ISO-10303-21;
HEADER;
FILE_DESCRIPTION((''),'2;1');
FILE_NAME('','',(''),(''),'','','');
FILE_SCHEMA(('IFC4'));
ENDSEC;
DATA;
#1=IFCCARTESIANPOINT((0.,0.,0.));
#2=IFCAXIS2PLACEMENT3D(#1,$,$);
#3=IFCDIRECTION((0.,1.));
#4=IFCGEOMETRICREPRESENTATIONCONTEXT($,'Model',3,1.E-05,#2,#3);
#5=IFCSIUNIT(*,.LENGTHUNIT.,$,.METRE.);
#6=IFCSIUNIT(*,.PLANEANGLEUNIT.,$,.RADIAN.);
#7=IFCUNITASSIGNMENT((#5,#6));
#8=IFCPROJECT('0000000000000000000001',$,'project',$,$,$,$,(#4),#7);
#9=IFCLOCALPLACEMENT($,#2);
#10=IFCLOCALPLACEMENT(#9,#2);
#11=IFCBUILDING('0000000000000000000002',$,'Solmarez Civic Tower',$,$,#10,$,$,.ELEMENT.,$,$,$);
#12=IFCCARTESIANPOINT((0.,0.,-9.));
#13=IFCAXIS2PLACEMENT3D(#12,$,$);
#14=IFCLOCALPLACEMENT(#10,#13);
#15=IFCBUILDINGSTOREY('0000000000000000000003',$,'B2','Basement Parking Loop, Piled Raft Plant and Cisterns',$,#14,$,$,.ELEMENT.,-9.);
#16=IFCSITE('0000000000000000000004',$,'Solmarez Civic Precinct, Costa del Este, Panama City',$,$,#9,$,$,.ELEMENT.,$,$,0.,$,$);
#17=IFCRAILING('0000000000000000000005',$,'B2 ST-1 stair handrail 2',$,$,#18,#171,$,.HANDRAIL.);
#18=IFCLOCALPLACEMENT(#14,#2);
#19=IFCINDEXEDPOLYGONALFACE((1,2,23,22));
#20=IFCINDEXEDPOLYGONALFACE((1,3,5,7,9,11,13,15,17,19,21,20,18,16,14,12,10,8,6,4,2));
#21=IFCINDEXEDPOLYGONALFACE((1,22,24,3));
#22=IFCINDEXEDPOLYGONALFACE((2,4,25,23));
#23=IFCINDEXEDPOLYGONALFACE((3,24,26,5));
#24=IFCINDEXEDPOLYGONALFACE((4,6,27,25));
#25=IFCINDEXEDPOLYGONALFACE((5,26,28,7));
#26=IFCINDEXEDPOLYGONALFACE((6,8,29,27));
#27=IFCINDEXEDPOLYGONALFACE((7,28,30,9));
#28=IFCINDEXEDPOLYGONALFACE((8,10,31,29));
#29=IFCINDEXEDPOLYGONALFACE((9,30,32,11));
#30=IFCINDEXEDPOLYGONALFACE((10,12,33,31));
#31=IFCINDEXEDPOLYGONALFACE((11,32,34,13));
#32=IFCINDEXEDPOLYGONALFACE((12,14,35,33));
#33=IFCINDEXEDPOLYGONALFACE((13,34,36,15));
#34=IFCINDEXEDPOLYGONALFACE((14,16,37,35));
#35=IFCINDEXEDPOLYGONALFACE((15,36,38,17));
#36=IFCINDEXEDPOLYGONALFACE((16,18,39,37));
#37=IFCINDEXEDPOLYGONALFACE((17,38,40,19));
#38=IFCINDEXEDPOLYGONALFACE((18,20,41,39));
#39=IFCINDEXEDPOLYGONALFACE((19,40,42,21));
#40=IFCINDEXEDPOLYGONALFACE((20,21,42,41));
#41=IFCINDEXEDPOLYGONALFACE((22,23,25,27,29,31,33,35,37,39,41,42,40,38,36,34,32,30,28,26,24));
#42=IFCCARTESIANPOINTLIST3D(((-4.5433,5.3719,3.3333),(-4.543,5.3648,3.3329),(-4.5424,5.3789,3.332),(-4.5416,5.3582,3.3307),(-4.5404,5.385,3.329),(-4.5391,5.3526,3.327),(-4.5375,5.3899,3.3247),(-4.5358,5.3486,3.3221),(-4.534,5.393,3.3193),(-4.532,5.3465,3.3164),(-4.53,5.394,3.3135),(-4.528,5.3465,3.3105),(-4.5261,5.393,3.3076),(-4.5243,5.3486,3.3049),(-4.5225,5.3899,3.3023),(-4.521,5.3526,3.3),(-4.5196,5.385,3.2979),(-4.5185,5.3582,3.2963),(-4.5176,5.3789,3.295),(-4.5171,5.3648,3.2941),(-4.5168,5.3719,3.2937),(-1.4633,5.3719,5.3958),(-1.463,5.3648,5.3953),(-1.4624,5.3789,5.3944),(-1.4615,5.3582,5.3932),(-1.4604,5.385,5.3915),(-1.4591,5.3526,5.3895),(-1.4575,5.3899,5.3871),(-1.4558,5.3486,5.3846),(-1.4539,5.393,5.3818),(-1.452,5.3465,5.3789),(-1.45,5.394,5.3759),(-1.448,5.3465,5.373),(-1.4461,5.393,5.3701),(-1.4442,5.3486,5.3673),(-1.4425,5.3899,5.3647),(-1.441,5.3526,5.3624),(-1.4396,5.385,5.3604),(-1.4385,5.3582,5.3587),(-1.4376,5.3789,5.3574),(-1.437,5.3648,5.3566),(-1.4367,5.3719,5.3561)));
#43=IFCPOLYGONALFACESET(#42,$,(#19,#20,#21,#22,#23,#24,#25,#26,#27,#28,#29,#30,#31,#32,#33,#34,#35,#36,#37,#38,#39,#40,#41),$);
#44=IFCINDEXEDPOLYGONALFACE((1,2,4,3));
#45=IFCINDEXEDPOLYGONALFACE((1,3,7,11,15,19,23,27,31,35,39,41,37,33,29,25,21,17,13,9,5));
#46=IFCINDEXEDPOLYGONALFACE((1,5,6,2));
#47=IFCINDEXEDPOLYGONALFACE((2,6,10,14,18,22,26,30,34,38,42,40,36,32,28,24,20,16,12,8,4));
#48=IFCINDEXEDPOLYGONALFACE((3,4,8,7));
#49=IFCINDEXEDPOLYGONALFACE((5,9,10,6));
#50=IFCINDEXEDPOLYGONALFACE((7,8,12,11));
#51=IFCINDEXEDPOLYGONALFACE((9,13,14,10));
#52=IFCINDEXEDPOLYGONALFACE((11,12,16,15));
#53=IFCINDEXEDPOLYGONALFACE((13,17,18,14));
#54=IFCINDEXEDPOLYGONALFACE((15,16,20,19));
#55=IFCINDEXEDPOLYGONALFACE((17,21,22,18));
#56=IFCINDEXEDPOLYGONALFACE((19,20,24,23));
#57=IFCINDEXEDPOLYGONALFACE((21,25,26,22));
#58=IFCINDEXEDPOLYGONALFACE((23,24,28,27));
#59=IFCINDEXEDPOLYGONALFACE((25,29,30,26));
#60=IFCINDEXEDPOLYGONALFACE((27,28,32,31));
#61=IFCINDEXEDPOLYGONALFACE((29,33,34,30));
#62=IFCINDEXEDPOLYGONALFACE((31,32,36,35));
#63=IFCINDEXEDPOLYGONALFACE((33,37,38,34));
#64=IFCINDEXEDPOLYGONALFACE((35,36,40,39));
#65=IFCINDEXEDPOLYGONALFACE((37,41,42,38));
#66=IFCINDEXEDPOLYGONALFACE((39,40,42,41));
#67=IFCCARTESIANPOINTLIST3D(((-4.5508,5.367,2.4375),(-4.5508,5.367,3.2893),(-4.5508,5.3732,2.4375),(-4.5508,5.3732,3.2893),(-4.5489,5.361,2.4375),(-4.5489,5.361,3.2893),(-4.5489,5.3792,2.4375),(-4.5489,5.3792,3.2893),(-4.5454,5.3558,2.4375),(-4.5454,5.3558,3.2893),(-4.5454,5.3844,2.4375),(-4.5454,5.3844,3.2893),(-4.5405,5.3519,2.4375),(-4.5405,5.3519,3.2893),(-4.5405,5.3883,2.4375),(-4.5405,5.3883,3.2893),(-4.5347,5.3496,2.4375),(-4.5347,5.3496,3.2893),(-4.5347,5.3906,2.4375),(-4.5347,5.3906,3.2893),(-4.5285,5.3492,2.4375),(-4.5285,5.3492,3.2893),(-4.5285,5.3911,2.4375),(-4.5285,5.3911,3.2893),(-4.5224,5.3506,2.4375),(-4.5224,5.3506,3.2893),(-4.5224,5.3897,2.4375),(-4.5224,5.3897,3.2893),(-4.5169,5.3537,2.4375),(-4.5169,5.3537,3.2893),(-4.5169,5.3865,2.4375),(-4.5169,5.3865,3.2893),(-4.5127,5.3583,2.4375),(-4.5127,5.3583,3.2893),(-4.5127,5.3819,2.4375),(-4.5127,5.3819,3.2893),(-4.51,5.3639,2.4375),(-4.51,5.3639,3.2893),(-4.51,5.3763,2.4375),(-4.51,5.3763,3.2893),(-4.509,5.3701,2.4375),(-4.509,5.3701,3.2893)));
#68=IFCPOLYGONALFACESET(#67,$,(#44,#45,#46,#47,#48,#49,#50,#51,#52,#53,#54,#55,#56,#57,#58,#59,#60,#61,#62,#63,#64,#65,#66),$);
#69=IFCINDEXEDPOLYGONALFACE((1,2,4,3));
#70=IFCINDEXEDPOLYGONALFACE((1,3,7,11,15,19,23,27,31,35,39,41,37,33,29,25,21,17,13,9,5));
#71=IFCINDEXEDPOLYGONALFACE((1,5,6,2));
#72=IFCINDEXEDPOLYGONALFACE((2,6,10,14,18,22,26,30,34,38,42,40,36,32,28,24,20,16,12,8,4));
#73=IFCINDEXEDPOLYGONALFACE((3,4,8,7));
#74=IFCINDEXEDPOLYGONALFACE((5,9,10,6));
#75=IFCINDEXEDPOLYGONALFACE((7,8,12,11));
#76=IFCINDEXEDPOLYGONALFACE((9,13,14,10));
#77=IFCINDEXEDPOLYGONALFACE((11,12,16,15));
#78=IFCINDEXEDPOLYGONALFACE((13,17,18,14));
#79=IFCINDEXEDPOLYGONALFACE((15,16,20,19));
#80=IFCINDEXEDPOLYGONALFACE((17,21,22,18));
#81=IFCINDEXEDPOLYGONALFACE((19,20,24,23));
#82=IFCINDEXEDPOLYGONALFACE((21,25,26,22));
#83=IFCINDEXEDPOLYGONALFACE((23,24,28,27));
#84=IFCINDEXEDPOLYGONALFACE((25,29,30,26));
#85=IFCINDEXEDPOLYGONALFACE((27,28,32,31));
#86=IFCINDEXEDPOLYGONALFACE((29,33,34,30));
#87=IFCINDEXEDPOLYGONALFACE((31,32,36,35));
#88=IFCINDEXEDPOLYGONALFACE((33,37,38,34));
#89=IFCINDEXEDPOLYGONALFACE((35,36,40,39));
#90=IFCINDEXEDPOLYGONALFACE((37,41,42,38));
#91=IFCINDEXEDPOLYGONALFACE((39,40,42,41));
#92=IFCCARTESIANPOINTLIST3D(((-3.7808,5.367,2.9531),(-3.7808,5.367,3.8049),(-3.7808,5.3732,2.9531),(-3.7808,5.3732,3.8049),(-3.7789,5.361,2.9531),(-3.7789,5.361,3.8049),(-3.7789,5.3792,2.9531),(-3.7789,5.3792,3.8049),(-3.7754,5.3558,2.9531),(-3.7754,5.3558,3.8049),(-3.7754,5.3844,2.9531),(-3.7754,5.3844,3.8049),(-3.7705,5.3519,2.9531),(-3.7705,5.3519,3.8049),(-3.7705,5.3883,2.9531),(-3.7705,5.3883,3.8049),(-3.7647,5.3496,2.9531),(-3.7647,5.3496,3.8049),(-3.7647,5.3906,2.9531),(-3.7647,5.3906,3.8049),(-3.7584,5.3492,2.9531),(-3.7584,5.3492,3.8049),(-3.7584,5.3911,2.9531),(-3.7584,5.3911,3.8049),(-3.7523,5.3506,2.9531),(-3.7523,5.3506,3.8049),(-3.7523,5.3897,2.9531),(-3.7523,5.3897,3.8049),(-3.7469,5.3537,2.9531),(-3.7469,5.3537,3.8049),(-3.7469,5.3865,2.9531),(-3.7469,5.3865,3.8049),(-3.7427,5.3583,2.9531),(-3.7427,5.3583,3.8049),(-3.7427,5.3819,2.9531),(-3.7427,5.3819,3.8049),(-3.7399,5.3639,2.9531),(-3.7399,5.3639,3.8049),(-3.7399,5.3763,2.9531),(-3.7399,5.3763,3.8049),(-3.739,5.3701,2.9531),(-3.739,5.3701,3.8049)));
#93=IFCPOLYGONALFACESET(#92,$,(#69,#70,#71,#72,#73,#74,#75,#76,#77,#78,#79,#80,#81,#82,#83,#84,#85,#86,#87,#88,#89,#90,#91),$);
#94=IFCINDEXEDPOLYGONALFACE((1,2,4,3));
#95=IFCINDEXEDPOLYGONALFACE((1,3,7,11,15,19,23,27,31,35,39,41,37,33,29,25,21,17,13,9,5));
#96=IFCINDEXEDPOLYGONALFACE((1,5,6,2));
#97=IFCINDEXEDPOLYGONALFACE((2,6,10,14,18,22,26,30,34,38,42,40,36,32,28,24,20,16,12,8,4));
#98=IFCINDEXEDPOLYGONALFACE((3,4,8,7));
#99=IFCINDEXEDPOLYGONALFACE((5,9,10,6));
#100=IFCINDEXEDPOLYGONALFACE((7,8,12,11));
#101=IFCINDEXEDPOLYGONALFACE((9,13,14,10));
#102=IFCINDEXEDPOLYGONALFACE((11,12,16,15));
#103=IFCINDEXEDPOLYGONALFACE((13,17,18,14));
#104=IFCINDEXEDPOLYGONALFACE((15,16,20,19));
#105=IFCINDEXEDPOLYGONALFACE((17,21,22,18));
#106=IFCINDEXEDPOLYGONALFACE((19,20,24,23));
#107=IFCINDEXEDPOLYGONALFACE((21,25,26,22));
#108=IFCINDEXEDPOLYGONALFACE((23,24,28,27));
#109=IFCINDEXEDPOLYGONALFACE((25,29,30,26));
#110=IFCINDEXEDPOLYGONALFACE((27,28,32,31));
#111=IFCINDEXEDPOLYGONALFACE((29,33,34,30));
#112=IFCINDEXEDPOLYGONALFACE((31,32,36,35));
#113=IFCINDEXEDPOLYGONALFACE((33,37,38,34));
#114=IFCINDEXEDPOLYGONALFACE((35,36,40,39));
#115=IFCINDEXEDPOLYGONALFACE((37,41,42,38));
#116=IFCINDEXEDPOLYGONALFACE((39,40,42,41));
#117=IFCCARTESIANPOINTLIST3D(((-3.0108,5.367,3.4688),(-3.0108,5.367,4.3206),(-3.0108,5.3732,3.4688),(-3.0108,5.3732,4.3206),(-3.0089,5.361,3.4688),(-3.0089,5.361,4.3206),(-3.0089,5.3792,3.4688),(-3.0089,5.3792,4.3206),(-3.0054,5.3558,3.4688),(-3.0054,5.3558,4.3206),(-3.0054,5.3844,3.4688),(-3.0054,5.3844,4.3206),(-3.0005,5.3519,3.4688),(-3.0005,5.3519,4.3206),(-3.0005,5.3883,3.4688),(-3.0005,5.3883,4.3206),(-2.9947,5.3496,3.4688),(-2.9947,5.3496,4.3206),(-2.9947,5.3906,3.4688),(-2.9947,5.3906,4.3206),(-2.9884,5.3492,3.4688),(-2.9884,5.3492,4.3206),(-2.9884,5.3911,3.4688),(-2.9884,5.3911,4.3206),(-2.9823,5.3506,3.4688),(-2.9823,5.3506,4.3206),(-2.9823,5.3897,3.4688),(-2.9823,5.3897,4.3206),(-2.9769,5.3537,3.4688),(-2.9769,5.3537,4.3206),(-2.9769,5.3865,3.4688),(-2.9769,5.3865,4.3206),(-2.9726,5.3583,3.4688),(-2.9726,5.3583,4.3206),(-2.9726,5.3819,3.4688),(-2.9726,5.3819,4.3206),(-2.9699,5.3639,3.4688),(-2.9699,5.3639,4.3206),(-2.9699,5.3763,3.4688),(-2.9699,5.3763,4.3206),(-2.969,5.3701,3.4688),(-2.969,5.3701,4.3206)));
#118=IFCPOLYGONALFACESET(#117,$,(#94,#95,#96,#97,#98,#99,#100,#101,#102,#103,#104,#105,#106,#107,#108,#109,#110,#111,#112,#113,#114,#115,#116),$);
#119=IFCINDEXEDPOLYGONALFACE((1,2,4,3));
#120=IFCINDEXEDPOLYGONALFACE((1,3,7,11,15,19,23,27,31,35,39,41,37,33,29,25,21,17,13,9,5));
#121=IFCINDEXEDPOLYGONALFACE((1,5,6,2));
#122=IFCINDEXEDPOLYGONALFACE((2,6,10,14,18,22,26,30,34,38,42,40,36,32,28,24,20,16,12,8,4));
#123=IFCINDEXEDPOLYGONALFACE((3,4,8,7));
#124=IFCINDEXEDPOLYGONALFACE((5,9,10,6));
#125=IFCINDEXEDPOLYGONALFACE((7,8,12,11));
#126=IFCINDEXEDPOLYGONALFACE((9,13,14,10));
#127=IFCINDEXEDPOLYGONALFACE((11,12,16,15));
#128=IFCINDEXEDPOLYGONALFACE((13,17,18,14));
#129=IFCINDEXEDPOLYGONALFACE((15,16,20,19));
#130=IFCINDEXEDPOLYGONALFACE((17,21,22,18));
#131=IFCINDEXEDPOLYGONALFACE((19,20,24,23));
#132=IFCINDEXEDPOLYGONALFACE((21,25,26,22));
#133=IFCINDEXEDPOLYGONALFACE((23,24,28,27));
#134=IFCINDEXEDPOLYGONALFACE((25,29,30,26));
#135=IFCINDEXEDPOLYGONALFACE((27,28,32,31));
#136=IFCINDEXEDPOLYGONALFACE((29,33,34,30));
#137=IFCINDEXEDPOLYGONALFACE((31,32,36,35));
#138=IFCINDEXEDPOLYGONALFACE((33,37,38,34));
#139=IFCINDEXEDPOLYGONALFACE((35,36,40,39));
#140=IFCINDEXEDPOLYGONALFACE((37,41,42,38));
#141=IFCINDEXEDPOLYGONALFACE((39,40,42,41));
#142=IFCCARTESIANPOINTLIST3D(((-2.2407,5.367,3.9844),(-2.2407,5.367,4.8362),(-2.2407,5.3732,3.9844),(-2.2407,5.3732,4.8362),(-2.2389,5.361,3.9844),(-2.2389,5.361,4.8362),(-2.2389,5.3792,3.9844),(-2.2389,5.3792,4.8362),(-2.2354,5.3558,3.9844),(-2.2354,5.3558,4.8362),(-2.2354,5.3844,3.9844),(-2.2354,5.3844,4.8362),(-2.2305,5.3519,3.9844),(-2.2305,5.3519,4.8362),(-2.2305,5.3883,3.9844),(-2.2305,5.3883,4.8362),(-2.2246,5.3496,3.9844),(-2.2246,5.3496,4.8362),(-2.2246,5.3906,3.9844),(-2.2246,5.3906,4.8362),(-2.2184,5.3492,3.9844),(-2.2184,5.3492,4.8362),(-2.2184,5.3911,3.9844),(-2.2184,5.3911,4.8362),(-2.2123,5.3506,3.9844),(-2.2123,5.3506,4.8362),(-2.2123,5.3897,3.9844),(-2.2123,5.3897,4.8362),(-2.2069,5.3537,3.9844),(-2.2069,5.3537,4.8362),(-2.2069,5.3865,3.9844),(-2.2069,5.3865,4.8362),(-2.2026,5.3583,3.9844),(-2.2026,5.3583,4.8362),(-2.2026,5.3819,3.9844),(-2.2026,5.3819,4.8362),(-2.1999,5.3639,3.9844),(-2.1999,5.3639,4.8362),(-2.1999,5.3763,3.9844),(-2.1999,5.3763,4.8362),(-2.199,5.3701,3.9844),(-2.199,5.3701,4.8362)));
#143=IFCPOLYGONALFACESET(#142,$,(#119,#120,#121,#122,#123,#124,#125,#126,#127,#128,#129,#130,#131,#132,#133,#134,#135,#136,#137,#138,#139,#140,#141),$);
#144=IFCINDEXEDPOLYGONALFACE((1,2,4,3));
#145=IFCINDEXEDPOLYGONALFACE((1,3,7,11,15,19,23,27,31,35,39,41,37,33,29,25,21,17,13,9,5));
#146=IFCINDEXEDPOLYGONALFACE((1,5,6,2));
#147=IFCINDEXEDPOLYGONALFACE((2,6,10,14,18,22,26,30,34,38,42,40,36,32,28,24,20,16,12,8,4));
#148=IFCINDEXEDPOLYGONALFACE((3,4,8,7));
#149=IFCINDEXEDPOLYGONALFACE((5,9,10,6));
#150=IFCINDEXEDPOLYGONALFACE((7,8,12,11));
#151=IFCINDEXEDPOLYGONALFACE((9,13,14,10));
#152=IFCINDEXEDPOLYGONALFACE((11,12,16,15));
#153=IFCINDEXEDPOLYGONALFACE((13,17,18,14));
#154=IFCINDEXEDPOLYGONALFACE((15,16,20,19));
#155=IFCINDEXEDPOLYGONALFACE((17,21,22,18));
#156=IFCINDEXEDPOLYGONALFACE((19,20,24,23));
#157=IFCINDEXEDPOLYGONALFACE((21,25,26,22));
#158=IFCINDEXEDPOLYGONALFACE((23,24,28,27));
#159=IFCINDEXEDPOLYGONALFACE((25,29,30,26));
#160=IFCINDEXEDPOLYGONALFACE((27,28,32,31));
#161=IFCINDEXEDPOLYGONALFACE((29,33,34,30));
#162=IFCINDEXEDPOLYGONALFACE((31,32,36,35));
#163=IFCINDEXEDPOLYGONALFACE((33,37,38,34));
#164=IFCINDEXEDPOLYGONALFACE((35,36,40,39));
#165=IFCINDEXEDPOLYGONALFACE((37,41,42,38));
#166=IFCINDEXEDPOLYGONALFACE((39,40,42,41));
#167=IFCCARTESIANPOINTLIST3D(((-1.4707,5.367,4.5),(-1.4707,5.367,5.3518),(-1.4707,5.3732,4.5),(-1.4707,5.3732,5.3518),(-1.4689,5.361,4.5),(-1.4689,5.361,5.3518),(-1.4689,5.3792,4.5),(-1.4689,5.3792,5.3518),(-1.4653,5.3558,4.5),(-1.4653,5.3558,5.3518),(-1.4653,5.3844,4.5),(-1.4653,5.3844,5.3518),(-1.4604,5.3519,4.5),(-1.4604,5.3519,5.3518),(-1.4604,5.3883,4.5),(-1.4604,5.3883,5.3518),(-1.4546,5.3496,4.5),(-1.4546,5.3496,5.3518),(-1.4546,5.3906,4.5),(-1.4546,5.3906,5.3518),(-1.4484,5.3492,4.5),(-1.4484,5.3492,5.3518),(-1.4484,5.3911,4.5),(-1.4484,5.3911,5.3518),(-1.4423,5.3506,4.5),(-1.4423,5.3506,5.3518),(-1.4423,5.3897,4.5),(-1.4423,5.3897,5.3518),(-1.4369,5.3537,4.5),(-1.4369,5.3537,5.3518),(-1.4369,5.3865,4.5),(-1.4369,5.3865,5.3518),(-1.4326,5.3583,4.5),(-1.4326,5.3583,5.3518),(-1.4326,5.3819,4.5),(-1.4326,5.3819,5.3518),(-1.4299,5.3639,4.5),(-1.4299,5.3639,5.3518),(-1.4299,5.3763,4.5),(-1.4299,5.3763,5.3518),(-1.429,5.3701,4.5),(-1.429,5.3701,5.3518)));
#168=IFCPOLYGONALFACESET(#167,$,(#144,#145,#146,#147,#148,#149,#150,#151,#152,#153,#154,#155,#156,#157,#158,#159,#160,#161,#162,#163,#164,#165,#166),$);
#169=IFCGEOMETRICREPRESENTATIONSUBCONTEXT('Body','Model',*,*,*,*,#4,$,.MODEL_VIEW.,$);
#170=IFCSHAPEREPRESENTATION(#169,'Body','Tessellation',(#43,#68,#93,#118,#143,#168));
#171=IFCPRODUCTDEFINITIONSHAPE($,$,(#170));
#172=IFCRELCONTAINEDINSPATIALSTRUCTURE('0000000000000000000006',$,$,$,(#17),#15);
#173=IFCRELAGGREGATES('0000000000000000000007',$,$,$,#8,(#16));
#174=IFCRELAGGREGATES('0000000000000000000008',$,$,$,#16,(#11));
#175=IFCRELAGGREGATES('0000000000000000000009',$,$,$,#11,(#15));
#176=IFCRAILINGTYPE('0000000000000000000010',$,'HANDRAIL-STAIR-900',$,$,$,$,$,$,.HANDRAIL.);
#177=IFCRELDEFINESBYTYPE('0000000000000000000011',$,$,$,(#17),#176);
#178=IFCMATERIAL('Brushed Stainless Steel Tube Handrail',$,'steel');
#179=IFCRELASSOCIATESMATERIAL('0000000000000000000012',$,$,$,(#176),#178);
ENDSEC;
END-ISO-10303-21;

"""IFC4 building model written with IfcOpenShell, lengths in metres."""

from ifc_helpers import new_model, si_unit, direction, frame, origin, origin_2d, place, context, subcontext, project, spatial, circle, extrude, material, type_object, element, save


model = new_model("IFC4")

# Units and contexts
model_context = context("Model", 3, precision=1e-05, world=origin(), true_north=direction((0.0, 1.0)))
body_context = subcontext(model_context, "Body", "Model", "MODEL_VIEW")
ifc_project = project(units=[si_unit("LENGTHUNIT", "METRE"), si_unit("PLANEANGLEUNIT", "RADIAN")], contexts=[model_context])

# Site, building, storey
site_placement = place(None, origin())
site = spatial("IfcSite", under=ifc_project, at=site_placement, Name="Solmarez Civic Precinct, Costa del Este, Panama City", CompositionType="ELEMENT", RefElevation=0.0)
building_placement = place(site_placement, origin())
building = spatial("IfcBuilding", under=site, at=building_placement, Name="Solmarez Civic Tower", CompositionType="ELEMENT")
storey_placement = place(building_placement, frame((0.0, 0.0, -9.0)))
storey = spatial("IfcBuildingStorey", under=building, at=storey_placement, Name="B2", Description="Basement Parking Loop, Piled Raft Plant and Cisterns", CompositionType="ELEMENT", Elevation=-9.0)

# Railing
ifc_material_1 = material(Name="Brushed Stainless Steel Tube Handrail", Category="steel")
railing_type_1 = type_object("IfcRailingType", Name="HANDRAIL-STAIR-900", PredefinedType="HANDRAIL", material=ifc_material_1)
railing_1_placement = place(storey_placement, frame((-4.53, 5.3701, 2.4375)))
element("IfcRailing", 1, at=railing_1_placement, inside=storey, type_object=railing_type_1, Name="B2 ST-1 stair handrail 2", PredefinedType="HANDRAIL", context=body_context, shape_type="SweptSolid", body=[
    extrude(circle(Radius=0.0239, at=origin_2d()), frame((0.0, 0.0, 0.876), z_axis=(0.830914, 0.0, 0.556401), x_axis=(0.0, 1.0, 0.0)), (0.0, 0.0, 1.0), 3.7068),
    extrude(circle(Radius=0.021, at=origin_2d()), origin(), (0.0, 0.0, 1.0), 0.8518),
    extrude(circle(Radius=0.021, at=origin_2d()), frame((0.77, 0.0, 0.5156)), (0.0, 0.0, 1.0), 0.8518),
    extrude(circle(Radius=0.021, at=origin_2d()), frame((1.54, 0.0, 1.0312)), (0.0, 0.0, 1.0), 0.8518),
    extrude(circle(Radius=0.021, at=origin_2d()), frame((2.3101, 0.0, 1.5469)), (0.0, 0.0, 1.0), 0.8518),
    extrude(circle(Radius=0.021, at=origin_2d()), frame((3.0801, 0.0, 2.0625)), (0.0, 0.0, 1.0), 0.8518),
])

save(model, "model.ifc")
